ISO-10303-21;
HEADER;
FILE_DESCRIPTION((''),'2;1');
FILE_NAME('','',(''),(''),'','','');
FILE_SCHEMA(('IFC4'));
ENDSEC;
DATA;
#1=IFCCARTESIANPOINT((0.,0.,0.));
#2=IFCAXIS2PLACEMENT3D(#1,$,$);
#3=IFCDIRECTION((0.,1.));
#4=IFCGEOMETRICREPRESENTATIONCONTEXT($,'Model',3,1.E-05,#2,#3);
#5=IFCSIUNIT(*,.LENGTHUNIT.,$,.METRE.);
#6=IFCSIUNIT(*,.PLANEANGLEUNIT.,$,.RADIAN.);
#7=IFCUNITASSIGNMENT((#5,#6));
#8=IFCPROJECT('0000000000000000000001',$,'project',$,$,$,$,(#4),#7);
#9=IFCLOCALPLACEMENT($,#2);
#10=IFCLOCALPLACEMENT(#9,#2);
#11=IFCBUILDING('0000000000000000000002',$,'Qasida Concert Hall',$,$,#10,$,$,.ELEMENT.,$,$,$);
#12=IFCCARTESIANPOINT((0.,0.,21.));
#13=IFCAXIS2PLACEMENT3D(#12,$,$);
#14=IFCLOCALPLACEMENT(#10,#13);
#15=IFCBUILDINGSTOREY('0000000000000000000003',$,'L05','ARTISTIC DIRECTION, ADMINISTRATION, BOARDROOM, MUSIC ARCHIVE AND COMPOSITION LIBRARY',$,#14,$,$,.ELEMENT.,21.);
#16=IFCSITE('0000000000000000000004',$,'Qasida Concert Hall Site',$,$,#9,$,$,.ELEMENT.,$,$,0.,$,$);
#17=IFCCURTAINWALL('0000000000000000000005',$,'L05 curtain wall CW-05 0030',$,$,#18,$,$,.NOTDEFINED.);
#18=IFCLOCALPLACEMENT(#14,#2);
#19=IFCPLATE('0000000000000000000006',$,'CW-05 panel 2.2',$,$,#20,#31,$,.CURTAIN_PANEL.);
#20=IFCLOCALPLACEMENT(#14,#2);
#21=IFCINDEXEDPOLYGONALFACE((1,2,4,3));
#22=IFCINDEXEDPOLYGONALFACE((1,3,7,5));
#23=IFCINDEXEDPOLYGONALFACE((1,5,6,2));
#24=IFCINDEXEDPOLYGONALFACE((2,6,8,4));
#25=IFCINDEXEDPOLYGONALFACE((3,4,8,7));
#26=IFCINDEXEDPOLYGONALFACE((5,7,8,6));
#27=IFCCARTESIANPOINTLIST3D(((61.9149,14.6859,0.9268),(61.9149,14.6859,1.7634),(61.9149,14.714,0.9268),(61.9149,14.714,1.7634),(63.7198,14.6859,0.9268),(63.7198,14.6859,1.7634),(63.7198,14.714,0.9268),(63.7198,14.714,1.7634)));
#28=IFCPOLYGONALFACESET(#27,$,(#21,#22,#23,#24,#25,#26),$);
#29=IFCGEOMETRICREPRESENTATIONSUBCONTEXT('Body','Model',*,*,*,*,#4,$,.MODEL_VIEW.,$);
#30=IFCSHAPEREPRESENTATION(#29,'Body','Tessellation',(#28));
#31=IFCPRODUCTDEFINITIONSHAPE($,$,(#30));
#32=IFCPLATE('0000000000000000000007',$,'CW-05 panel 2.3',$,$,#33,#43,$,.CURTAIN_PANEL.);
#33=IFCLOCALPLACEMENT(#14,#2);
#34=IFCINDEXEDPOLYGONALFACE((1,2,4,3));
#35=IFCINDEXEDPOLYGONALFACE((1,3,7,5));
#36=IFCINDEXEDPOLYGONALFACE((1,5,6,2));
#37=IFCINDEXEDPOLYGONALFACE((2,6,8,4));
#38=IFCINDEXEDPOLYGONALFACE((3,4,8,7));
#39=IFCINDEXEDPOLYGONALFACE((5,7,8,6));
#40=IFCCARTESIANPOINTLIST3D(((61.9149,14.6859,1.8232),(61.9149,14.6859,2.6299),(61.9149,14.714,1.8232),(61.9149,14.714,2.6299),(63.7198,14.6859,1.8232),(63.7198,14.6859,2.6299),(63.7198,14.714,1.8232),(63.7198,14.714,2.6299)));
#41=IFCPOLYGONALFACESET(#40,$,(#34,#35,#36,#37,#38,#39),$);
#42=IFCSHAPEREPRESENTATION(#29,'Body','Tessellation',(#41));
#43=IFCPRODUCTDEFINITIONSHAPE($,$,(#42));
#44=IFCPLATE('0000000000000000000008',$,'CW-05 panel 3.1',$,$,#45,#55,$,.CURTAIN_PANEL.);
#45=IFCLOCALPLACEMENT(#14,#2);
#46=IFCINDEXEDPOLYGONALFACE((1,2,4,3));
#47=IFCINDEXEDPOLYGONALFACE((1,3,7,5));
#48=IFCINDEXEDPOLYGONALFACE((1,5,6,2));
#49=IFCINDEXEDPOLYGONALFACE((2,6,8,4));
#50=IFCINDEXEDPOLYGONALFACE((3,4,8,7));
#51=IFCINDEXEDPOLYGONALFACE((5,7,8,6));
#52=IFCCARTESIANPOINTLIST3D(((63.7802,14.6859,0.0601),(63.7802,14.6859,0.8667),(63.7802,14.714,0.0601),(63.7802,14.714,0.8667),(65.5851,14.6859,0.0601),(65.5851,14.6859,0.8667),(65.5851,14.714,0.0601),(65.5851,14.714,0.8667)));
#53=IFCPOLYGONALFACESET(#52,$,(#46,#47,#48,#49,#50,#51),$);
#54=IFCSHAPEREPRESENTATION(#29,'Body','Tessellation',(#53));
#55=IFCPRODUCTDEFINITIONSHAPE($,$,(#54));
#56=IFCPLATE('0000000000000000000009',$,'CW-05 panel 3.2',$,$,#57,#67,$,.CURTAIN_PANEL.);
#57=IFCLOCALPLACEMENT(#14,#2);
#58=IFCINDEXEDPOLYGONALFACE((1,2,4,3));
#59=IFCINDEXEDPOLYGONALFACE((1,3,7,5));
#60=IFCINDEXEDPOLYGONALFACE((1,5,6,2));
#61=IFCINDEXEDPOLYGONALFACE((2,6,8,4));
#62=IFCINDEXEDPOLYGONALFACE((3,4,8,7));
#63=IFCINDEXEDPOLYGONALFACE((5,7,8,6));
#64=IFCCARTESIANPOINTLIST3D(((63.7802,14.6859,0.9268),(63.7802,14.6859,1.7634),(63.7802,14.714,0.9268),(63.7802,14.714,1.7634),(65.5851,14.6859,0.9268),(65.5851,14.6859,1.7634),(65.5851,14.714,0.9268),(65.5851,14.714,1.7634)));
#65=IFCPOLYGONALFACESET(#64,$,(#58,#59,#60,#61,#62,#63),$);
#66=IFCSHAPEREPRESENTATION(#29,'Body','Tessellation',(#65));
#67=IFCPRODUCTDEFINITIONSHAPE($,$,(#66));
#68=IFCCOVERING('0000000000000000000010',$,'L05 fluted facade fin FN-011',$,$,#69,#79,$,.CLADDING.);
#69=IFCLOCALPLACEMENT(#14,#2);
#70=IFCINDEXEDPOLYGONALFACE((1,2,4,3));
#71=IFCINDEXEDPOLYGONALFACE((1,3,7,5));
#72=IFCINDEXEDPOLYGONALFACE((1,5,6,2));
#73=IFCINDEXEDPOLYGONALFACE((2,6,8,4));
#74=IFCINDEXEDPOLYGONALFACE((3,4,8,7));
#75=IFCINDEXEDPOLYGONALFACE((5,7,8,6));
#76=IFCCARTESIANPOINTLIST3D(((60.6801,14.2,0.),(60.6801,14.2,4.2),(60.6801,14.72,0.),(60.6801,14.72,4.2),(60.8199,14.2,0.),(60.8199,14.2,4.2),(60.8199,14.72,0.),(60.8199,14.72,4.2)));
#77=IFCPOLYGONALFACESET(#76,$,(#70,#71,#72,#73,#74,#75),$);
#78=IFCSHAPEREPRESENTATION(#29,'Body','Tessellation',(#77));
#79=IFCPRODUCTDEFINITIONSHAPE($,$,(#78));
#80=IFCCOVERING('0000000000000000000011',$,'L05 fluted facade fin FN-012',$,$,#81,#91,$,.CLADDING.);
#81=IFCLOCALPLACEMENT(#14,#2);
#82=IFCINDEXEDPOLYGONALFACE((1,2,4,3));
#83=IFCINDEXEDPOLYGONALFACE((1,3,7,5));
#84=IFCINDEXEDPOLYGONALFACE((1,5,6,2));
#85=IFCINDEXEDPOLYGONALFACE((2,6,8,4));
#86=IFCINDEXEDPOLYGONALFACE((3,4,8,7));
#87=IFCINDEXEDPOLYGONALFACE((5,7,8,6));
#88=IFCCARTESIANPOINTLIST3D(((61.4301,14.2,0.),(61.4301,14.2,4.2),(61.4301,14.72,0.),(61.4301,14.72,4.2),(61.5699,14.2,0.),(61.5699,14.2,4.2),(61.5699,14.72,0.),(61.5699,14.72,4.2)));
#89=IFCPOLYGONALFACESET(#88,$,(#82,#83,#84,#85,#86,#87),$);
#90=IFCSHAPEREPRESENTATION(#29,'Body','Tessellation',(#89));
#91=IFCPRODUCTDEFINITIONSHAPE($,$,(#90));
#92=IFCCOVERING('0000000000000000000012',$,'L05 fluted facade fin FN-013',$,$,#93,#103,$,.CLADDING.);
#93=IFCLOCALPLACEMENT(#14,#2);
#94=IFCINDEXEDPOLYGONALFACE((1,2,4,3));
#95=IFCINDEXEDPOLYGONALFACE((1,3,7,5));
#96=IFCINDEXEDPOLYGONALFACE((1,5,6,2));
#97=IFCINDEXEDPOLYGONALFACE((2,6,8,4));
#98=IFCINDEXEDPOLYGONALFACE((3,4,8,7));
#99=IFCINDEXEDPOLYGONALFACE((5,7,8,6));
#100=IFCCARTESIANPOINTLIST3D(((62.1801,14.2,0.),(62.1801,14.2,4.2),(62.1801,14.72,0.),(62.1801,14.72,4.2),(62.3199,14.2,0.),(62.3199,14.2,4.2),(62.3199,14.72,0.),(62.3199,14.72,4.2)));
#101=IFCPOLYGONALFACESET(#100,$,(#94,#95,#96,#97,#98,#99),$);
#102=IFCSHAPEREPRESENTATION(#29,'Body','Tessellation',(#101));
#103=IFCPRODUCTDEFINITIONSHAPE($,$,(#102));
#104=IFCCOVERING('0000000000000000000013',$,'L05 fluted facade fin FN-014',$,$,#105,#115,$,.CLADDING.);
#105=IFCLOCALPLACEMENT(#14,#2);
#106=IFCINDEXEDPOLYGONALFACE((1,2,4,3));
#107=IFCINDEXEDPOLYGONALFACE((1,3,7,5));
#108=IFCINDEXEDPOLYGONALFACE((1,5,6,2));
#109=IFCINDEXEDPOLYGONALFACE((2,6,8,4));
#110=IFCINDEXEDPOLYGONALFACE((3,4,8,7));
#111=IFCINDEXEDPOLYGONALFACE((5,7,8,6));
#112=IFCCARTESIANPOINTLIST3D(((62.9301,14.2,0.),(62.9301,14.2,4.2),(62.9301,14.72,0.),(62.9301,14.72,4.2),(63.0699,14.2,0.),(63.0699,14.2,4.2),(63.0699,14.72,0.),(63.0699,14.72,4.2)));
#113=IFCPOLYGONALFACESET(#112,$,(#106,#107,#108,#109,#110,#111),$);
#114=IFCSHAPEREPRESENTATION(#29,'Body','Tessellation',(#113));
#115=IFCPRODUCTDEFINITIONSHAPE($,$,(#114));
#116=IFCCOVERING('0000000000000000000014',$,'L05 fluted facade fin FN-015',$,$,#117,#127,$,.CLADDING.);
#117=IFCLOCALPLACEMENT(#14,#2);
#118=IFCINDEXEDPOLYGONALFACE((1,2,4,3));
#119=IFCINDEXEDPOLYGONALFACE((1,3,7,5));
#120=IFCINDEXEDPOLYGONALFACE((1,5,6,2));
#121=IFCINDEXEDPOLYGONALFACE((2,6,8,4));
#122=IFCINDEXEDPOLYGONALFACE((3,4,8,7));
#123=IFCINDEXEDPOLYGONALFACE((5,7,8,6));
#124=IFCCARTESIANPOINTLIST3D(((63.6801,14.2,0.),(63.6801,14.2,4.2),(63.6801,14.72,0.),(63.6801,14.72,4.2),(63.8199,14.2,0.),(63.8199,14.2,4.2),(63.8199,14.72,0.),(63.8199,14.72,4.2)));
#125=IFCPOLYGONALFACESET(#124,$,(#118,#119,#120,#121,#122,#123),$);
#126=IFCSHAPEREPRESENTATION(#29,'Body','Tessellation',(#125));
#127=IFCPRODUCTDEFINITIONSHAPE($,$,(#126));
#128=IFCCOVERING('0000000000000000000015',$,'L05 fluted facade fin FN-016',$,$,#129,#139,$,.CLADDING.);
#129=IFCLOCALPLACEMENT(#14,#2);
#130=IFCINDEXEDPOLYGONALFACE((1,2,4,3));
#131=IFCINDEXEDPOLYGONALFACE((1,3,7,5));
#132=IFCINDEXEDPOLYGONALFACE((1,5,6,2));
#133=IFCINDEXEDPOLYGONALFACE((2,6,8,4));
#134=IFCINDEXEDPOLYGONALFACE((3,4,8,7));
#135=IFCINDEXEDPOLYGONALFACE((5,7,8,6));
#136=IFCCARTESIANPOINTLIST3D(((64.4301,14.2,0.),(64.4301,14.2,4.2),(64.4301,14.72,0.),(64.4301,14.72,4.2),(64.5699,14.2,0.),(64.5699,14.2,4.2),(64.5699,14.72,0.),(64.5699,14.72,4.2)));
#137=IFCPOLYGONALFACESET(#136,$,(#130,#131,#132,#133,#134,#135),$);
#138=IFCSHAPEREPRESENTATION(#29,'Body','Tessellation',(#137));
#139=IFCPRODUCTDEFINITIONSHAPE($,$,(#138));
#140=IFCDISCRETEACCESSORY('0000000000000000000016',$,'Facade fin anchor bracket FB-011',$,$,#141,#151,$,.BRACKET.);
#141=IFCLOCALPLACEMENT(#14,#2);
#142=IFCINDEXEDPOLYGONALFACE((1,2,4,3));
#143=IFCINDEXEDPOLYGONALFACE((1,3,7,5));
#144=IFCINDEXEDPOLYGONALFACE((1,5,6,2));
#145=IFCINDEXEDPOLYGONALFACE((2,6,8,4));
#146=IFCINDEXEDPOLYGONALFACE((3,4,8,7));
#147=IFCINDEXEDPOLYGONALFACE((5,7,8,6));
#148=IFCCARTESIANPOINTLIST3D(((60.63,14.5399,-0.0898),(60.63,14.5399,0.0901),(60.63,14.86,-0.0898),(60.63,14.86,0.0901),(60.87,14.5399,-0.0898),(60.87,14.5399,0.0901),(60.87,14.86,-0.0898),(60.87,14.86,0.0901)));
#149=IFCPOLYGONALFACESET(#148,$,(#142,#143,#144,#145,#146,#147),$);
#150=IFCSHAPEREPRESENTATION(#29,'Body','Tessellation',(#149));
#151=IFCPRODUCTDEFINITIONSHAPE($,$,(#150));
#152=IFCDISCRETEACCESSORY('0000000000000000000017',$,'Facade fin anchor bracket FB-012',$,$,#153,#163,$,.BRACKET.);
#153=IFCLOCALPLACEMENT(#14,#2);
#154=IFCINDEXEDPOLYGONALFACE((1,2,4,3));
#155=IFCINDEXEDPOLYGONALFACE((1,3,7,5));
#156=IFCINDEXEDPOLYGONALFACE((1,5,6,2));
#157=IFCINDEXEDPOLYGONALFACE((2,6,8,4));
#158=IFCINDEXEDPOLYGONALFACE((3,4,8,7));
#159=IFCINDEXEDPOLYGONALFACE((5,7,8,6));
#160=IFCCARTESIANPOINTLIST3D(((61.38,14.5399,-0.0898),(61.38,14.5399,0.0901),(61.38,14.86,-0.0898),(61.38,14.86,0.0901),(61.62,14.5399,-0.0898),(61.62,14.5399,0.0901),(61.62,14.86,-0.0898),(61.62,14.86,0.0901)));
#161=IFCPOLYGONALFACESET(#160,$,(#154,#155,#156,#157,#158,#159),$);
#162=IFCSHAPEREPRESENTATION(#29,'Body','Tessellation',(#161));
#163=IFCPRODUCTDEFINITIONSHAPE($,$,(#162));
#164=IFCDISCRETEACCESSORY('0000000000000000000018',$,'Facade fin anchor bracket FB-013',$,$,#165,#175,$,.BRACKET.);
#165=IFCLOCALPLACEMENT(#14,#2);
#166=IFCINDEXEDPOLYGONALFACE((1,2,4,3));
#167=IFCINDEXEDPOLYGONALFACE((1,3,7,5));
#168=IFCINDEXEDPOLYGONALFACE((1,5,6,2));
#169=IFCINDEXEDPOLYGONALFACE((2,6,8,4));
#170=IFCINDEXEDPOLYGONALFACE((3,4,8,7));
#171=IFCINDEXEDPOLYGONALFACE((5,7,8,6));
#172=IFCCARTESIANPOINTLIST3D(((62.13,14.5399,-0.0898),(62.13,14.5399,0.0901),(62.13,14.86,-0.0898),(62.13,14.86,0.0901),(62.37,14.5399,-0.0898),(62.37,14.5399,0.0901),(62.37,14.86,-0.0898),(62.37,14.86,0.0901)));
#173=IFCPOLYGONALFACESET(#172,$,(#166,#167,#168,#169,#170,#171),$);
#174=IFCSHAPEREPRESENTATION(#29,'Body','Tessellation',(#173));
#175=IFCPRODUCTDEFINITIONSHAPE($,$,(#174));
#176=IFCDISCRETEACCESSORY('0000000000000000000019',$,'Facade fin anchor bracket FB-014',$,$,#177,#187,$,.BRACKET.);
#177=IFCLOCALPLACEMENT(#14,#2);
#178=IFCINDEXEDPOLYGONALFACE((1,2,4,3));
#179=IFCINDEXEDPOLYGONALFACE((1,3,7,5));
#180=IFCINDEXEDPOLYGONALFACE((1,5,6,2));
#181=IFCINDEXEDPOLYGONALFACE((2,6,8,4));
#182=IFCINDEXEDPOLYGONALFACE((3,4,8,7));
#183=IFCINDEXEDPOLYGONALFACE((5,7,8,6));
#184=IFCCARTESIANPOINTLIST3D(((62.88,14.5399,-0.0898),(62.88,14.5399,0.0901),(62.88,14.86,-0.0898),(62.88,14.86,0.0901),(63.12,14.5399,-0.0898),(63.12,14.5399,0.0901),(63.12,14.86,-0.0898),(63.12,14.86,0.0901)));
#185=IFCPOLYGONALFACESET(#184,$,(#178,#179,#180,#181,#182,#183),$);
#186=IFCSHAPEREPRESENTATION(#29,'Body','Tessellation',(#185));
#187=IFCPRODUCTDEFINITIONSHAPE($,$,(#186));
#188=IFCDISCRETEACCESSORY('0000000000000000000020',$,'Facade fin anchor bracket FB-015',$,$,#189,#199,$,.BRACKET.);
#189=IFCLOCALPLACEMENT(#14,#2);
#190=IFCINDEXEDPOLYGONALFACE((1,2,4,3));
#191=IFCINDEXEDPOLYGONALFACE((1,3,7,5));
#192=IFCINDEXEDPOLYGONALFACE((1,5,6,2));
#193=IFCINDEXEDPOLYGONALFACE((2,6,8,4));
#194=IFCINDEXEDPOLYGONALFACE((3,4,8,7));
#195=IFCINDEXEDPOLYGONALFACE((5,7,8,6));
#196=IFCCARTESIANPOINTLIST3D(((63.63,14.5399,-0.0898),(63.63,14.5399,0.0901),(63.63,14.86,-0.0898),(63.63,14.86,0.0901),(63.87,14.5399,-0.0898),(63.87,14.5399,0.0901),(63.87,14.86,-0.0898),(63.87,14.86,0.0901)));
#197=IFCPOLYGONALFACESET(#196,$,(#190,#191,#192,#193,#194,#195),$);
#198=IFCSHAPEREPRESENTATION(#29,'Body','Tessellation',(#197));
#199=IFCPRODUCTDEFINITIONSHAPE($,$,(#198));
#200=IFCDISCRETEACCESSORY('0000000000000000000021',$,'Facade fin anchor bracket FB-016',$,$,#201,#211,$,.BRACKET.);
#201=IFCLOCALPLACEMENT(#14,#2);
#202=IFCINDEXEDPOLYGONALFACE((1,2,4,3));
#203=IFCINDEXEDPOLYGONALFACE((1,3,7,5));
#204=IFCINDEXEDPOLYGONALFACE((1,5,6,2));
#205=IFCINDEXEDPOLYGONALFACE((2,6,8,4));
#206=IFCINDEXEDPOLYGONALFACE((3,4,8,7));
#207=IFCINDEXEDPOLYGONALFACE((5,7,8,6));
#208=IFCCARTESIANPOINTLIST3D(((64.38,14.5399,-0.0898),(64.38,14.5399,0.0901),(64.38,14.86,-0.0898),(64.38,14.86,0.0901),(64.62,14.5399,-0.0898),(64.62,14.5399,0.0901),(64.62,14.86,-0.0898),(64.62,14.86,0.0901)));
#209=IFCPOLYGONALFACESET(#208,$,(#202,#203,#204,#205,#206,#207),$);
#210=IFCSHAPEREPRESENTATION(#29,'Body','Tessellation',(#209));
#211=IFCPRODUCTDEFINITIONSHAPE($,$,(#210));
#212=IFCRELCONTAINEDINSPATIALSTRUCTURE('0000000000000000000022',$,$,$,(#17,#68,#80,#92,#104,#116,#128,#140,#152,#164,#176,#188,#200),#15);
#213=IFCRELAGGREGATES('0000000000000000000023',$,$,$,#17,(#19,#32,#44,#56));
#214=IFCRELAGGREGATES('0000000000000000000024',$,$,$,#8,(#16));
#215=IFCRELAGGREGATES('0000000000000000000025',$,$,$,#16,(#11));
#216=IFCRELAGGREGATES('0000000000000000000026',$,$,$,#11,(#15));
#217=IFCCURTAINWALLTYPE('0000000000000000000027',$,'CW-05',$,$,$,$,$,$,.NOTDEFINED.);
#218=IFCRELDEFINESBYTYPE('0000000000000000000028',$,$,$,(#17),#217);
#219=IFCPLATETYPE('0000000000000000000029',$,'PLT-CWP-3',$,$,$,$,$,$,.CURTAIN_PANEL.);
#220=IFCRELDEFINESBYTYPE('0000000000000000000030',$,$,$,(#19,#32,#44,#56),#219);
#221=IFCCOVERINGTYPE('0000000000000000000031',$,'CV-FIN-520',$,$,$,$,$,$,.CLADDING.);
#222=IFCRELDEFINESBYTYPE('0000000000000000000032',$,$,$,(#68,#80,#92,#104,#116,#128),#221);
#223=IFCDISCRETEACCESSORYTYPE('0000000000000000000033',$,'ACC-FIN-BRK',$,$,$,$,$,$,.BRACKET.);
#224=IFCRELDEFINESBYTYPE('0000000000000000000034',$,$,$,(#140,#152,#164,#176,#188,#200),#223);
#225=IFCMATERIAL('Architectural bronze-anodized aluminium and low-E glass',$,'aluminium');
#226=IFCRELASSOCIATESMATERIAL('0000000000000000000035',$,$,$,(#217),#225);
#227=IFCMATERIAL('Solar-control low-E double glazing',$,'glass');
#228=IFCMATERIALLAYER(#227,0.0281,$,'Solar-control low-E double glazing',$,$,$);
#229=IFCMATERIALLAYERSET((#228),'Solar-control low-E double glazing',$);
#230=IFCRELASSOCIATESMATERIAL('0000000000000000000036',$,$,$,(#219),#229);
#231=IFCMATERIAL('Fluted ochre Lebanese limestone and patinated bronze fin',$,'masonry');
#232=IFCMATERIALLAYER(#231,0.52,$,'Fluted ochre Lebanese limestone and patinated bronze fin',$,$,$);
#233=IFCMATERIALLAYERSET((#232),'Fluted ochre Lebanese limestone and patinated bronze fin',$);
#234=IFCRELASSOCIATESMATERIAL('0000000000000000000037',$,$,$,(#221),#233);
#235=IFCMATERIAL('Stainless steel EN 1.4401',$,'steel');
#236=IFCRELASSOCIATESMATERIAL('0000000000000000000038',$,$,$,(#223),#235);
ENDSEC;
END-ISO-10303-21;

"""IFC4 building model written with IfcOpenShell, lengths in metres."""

from ifc_helpers import new_model, si_unit, direction, frame, origin, origin_2d, place, context, subcontext, project, spatial, rectangle, extrude, material, layer, layer_set, type_object, element, aggregate, save


model = new_model("IFC4")

# Units and contexts
model_context = context("Model", 3, precision=1e-05, world=origin(), true_north=direction((0.0, 1.0)))
body_context = subcontext(model_context, "Body", "Model", "MODEL_VIEW")
ifc_project = project(units=[si_unit("LENGTHUNIT", "METRE"), si_unit("PLANEANGLEUNIT", "RADIAN")], contexts=[model_context])

# Site, building, storey
site_placement = place(None, origin())
site = spatial("IfcSite", under=ifc_project, at=site_placement, Name="Qasida Concert Hall Site", CompositionType="ELEMENT", RefElevation=0.0)
building_placement = place(site_placement, origin())
building = spatial("IfcBuilding", under=site, at=building_placement, Name="Qasida Concert Hall", CompositionType="ELEMENT")
storey_placement = place(building_placement, frame((0.0, 0.0, 21.0)))
storey = spatial("IfcBuildingStorey", under=building, at=storey_placement, Name="L05", Description="ARTISTIC DIRECTION, ADMINISTRATION, BOARDROOM, MUSIC ARCHIVE AND COMPOSITION LIBRARY", CompositionType="ELEMENT", Elevation=21.0)

# Curtain wall, plates
ifc_material_1 = material(Name="Architectural bronze-anodized aluminium and low-E glass", Category="aluminium")
curtain_wall_type = type_object("IfcCurtainWallType", Name="CW-05", PredefinedType="NOTDEFINED", material=ifc_material_1)
curtain_wall_placement = place(storey_placement, origin())
curtain_wall = element("IfcCurtainWall", 1, at=curtain_wall_placement, inside=storey, type_object=curtain_wall_type, Name="L05 curtain wall CW-05 0030", PredefinedType="NOTDEFINED")
ifc_material_2 = material(Name="Solar-control low-E double glazing", Category="glass")
ifc_layer_1 = layer(ifc_material_2, 0.0281, Name="Solar-control low-E double glazing")
ifc_layer_set_1 = layer_set([ifc_layer_1], Name="Solar-control low-E double glazing")
plate_type = type_object("IfcPlateType", Name="PLT-CWP-3", PredefinedType="CURTAIN_PANEL", material=ifc_layer_set_1)
plate_1_placement = place(storey_placement, frame((62.8174, 14.7, 0.9268), z_axis=(0.0, 0.0, 1.0), x_axis=(1.0, 0.0, 0.0)))
plate_1 = element("IfcPlate", 2, at=plate_1_placement, type_object=plate_type, Name="CW-05 panel 2.2", PredefinedType="CURTAIN_PANEL", context=body_context, shape_type="SweptSolid", body=[
    extrude(rectangle(XDim=1.8049, YDim=0.0281, at=origin_2d()), origin(), (0.0, 0.0, 1.0), 0.8367),
])
plate_2_placement = place(storey_placement, frame((62.8174, 14.7, 1.8232), z_axis=(0.0, 0.0, 1.0), x_axis=(1.0, 0.0, 0.0)))
plate_2 = element("IfcPlate", 3, at=plate_2_placement, type_object=plate_type, Name="CW-05 panel 2.3", PredefinedType="CURTAIN_PANEL", context=body_context, shape_type="SweptSolid", body=[
    extrude(rectangle(XDim=1.8049, YDim=0.0281, at=origin_2d()), origin(), (0.0, 0.0, 1.0), 0.8066),
])
plate_3_placement = place(storey_placement, frame((64.6826, 14.7, 0.0601), z_axis=(0.0, 0.0, 1.0), x_axis=(1.0, 0.0, 0.0)))
plate_3 = element("IfcPlate", 4, at=plate_3_placement, type_object=plate_type, Name="CW-05 panel 3.1", PredefinedType="CURTAIN_PANEL", context=body_context, shape_type="SweptSolid", body=[
    extrude(rectangle(XDim=1.8049, YDim=0.0281, at=origin_2d()), origin(), (0.0, 0.0, 1.0), 0.8066),
])
plate_4_placement = place(storey_placement, frame((64.6826, 14.7, 0.9268), z_axis=(0.0, 0.0, 1.0), x_axis=(1.0, 0.0, 0.0)))
plate_4 = element("IfcPlate", 5, at=plate_4_placement, type_object=plate_type, Name="CW-05 panel 3.2", PredefinedType="CURTAIN_PANEL", context=body_context, shape_type="SweptSolid", body=[
    extrude(rectangle(XDim=1.8049, YDim=0.0281, at=origin_2d()), origin(), (0.0, 0.0, 1.0), 0.8367),
])
aggregate(curtain_wall, [plate_1, plate_2, plate_3, plate_4])

# Coverings
ifc_material_3 = material(Name="Fluted ochre Lebanese limestone and patinated bronze fin", Category="masonry")
ifc_layer_2 = layer(ifc_material_3, 0.52, Name="Fluted ochre Lebanese limestone and patinated bronze fin")
ifc_layer_set_2 = layer_set([ifc_layer_2], Name="Fluted ochre Lebanese limestone and patinated bronze fin")
covering_type = type_object("IfcCoveringType", Name="CV-FIN-520", PredefinedType="CLADDING", material=ifc_layer_set_2)
for number, where, z_axis, x_axis, name in (
    (6, (60.75, 14.46, 0.0), (0.0, 0.0, 1.0), (1.0, 0.0, 0.0), "L05 fluted facade fin FN-011"),
    (7, (61.5, 14.46, 0.0), (0.0, 0.0, 1.0), (1.0, 0.0, 0.0), "L05 fluted facade fin FN-012"),
    (8, (62.25, 14.46, 0.0), (0.0, 0.0, 1.0), (1.0, 0.0, 0.0), "L05 fluted facade fin FN-013"),
    (9, (63.0, 14.46, 0.0), (0.0, 0.0, 1.0), (1.0, 0.0, 0.0), "L05 fluted facade fin FN-014"),
    (10, (63.75, 14.46, 0.0), (0.0, 0.0, 1.0), (1.0, 0.0, 0.0), "L05 fluted facade fin FN-015"),
    (11, (64.5, 14.46, 0.0), (0.0, 0.0, 1.0), (1.0, 0.0, 0.0), "L05 fluted facade fin FN-016"),
):
    element("IfcCovering", number, at=place(storey_placement, frame(where, z_axis=z_axis, x_axis=x_axis)), inside=storey, type_object=covering_type, Name=name, PredefinedType="CLADDING", context=body_context, shape_type="SweptSolid", body=[
        extrude(rectangle(XDim=0.1399, YDim=0.52, at=origin_2d()), origin(), (0.0, 0.0, 1.0), 4.2),
    ])

# Discrete accessories
ifc_material_4 = material(Name="Stainless steel EN 1.4401", Category="steel")
discrete_accessory_type = type_object("IfcDiscreteAccessoryType", Name="ACC-FIN-BRK", PredefinedType="BRACKET", material=ifc_material_4)
for number, where, z_axis, x_axis, name in (
    (12, (60.75, 14.7, -0.0898), (0.0, 0.0, 1.0), (1.0, 0.0, 0.0), "Facade fin anchor bracket FB-011"),
    (13, (61.5, 14.7, -0.0898), (0.0, 0.0, 1.0), (1.0, 0.0, 0.0), "Facade fin anchor bracket FB-012"),
    (14, (62.25, 14.7, -0.0898), (0.0, 0.0, 1.0), (1.0, 0.0, 0.0), "Facade fin anchor bracket FB-013"),
    (15, (63.0, 14.7, -0.0898), (0.0, 0.0, 1.0), (1.0, 0.0, 0.0), "Facade fin anchor bracket FB-014"),
    (16, (63.75, 14.7, -0.0898), (0.0, 0.0, 1.0), (1.0, 0.0, 0.0), "Facade fin anchor bracket FB-015"),
    (17, (64.5, 14.7, -0.0898), (0.0, 0.0, 1.0), (1.0, 0.0, 0.0), "Facade fin anchor bracket FB-016"),
):
    element("IfcDiscreteAccessory", number, at=place(storey_placement, frame(where, z_axis=z_axis, x_axis=x_axis)), inside=storey, type_object=discrete_accessory_type, Name=name, PredefinedType="BRACKET", context=body_context, shape_type="SweptSolid", body=[
        extrude(rectangle(XDim=0.24, YDim=0.3201, at=origin_2d()), origin(), (0.0, 0.0, 1.0), 0.1799),
    ])

save(model, "model.ifc")
